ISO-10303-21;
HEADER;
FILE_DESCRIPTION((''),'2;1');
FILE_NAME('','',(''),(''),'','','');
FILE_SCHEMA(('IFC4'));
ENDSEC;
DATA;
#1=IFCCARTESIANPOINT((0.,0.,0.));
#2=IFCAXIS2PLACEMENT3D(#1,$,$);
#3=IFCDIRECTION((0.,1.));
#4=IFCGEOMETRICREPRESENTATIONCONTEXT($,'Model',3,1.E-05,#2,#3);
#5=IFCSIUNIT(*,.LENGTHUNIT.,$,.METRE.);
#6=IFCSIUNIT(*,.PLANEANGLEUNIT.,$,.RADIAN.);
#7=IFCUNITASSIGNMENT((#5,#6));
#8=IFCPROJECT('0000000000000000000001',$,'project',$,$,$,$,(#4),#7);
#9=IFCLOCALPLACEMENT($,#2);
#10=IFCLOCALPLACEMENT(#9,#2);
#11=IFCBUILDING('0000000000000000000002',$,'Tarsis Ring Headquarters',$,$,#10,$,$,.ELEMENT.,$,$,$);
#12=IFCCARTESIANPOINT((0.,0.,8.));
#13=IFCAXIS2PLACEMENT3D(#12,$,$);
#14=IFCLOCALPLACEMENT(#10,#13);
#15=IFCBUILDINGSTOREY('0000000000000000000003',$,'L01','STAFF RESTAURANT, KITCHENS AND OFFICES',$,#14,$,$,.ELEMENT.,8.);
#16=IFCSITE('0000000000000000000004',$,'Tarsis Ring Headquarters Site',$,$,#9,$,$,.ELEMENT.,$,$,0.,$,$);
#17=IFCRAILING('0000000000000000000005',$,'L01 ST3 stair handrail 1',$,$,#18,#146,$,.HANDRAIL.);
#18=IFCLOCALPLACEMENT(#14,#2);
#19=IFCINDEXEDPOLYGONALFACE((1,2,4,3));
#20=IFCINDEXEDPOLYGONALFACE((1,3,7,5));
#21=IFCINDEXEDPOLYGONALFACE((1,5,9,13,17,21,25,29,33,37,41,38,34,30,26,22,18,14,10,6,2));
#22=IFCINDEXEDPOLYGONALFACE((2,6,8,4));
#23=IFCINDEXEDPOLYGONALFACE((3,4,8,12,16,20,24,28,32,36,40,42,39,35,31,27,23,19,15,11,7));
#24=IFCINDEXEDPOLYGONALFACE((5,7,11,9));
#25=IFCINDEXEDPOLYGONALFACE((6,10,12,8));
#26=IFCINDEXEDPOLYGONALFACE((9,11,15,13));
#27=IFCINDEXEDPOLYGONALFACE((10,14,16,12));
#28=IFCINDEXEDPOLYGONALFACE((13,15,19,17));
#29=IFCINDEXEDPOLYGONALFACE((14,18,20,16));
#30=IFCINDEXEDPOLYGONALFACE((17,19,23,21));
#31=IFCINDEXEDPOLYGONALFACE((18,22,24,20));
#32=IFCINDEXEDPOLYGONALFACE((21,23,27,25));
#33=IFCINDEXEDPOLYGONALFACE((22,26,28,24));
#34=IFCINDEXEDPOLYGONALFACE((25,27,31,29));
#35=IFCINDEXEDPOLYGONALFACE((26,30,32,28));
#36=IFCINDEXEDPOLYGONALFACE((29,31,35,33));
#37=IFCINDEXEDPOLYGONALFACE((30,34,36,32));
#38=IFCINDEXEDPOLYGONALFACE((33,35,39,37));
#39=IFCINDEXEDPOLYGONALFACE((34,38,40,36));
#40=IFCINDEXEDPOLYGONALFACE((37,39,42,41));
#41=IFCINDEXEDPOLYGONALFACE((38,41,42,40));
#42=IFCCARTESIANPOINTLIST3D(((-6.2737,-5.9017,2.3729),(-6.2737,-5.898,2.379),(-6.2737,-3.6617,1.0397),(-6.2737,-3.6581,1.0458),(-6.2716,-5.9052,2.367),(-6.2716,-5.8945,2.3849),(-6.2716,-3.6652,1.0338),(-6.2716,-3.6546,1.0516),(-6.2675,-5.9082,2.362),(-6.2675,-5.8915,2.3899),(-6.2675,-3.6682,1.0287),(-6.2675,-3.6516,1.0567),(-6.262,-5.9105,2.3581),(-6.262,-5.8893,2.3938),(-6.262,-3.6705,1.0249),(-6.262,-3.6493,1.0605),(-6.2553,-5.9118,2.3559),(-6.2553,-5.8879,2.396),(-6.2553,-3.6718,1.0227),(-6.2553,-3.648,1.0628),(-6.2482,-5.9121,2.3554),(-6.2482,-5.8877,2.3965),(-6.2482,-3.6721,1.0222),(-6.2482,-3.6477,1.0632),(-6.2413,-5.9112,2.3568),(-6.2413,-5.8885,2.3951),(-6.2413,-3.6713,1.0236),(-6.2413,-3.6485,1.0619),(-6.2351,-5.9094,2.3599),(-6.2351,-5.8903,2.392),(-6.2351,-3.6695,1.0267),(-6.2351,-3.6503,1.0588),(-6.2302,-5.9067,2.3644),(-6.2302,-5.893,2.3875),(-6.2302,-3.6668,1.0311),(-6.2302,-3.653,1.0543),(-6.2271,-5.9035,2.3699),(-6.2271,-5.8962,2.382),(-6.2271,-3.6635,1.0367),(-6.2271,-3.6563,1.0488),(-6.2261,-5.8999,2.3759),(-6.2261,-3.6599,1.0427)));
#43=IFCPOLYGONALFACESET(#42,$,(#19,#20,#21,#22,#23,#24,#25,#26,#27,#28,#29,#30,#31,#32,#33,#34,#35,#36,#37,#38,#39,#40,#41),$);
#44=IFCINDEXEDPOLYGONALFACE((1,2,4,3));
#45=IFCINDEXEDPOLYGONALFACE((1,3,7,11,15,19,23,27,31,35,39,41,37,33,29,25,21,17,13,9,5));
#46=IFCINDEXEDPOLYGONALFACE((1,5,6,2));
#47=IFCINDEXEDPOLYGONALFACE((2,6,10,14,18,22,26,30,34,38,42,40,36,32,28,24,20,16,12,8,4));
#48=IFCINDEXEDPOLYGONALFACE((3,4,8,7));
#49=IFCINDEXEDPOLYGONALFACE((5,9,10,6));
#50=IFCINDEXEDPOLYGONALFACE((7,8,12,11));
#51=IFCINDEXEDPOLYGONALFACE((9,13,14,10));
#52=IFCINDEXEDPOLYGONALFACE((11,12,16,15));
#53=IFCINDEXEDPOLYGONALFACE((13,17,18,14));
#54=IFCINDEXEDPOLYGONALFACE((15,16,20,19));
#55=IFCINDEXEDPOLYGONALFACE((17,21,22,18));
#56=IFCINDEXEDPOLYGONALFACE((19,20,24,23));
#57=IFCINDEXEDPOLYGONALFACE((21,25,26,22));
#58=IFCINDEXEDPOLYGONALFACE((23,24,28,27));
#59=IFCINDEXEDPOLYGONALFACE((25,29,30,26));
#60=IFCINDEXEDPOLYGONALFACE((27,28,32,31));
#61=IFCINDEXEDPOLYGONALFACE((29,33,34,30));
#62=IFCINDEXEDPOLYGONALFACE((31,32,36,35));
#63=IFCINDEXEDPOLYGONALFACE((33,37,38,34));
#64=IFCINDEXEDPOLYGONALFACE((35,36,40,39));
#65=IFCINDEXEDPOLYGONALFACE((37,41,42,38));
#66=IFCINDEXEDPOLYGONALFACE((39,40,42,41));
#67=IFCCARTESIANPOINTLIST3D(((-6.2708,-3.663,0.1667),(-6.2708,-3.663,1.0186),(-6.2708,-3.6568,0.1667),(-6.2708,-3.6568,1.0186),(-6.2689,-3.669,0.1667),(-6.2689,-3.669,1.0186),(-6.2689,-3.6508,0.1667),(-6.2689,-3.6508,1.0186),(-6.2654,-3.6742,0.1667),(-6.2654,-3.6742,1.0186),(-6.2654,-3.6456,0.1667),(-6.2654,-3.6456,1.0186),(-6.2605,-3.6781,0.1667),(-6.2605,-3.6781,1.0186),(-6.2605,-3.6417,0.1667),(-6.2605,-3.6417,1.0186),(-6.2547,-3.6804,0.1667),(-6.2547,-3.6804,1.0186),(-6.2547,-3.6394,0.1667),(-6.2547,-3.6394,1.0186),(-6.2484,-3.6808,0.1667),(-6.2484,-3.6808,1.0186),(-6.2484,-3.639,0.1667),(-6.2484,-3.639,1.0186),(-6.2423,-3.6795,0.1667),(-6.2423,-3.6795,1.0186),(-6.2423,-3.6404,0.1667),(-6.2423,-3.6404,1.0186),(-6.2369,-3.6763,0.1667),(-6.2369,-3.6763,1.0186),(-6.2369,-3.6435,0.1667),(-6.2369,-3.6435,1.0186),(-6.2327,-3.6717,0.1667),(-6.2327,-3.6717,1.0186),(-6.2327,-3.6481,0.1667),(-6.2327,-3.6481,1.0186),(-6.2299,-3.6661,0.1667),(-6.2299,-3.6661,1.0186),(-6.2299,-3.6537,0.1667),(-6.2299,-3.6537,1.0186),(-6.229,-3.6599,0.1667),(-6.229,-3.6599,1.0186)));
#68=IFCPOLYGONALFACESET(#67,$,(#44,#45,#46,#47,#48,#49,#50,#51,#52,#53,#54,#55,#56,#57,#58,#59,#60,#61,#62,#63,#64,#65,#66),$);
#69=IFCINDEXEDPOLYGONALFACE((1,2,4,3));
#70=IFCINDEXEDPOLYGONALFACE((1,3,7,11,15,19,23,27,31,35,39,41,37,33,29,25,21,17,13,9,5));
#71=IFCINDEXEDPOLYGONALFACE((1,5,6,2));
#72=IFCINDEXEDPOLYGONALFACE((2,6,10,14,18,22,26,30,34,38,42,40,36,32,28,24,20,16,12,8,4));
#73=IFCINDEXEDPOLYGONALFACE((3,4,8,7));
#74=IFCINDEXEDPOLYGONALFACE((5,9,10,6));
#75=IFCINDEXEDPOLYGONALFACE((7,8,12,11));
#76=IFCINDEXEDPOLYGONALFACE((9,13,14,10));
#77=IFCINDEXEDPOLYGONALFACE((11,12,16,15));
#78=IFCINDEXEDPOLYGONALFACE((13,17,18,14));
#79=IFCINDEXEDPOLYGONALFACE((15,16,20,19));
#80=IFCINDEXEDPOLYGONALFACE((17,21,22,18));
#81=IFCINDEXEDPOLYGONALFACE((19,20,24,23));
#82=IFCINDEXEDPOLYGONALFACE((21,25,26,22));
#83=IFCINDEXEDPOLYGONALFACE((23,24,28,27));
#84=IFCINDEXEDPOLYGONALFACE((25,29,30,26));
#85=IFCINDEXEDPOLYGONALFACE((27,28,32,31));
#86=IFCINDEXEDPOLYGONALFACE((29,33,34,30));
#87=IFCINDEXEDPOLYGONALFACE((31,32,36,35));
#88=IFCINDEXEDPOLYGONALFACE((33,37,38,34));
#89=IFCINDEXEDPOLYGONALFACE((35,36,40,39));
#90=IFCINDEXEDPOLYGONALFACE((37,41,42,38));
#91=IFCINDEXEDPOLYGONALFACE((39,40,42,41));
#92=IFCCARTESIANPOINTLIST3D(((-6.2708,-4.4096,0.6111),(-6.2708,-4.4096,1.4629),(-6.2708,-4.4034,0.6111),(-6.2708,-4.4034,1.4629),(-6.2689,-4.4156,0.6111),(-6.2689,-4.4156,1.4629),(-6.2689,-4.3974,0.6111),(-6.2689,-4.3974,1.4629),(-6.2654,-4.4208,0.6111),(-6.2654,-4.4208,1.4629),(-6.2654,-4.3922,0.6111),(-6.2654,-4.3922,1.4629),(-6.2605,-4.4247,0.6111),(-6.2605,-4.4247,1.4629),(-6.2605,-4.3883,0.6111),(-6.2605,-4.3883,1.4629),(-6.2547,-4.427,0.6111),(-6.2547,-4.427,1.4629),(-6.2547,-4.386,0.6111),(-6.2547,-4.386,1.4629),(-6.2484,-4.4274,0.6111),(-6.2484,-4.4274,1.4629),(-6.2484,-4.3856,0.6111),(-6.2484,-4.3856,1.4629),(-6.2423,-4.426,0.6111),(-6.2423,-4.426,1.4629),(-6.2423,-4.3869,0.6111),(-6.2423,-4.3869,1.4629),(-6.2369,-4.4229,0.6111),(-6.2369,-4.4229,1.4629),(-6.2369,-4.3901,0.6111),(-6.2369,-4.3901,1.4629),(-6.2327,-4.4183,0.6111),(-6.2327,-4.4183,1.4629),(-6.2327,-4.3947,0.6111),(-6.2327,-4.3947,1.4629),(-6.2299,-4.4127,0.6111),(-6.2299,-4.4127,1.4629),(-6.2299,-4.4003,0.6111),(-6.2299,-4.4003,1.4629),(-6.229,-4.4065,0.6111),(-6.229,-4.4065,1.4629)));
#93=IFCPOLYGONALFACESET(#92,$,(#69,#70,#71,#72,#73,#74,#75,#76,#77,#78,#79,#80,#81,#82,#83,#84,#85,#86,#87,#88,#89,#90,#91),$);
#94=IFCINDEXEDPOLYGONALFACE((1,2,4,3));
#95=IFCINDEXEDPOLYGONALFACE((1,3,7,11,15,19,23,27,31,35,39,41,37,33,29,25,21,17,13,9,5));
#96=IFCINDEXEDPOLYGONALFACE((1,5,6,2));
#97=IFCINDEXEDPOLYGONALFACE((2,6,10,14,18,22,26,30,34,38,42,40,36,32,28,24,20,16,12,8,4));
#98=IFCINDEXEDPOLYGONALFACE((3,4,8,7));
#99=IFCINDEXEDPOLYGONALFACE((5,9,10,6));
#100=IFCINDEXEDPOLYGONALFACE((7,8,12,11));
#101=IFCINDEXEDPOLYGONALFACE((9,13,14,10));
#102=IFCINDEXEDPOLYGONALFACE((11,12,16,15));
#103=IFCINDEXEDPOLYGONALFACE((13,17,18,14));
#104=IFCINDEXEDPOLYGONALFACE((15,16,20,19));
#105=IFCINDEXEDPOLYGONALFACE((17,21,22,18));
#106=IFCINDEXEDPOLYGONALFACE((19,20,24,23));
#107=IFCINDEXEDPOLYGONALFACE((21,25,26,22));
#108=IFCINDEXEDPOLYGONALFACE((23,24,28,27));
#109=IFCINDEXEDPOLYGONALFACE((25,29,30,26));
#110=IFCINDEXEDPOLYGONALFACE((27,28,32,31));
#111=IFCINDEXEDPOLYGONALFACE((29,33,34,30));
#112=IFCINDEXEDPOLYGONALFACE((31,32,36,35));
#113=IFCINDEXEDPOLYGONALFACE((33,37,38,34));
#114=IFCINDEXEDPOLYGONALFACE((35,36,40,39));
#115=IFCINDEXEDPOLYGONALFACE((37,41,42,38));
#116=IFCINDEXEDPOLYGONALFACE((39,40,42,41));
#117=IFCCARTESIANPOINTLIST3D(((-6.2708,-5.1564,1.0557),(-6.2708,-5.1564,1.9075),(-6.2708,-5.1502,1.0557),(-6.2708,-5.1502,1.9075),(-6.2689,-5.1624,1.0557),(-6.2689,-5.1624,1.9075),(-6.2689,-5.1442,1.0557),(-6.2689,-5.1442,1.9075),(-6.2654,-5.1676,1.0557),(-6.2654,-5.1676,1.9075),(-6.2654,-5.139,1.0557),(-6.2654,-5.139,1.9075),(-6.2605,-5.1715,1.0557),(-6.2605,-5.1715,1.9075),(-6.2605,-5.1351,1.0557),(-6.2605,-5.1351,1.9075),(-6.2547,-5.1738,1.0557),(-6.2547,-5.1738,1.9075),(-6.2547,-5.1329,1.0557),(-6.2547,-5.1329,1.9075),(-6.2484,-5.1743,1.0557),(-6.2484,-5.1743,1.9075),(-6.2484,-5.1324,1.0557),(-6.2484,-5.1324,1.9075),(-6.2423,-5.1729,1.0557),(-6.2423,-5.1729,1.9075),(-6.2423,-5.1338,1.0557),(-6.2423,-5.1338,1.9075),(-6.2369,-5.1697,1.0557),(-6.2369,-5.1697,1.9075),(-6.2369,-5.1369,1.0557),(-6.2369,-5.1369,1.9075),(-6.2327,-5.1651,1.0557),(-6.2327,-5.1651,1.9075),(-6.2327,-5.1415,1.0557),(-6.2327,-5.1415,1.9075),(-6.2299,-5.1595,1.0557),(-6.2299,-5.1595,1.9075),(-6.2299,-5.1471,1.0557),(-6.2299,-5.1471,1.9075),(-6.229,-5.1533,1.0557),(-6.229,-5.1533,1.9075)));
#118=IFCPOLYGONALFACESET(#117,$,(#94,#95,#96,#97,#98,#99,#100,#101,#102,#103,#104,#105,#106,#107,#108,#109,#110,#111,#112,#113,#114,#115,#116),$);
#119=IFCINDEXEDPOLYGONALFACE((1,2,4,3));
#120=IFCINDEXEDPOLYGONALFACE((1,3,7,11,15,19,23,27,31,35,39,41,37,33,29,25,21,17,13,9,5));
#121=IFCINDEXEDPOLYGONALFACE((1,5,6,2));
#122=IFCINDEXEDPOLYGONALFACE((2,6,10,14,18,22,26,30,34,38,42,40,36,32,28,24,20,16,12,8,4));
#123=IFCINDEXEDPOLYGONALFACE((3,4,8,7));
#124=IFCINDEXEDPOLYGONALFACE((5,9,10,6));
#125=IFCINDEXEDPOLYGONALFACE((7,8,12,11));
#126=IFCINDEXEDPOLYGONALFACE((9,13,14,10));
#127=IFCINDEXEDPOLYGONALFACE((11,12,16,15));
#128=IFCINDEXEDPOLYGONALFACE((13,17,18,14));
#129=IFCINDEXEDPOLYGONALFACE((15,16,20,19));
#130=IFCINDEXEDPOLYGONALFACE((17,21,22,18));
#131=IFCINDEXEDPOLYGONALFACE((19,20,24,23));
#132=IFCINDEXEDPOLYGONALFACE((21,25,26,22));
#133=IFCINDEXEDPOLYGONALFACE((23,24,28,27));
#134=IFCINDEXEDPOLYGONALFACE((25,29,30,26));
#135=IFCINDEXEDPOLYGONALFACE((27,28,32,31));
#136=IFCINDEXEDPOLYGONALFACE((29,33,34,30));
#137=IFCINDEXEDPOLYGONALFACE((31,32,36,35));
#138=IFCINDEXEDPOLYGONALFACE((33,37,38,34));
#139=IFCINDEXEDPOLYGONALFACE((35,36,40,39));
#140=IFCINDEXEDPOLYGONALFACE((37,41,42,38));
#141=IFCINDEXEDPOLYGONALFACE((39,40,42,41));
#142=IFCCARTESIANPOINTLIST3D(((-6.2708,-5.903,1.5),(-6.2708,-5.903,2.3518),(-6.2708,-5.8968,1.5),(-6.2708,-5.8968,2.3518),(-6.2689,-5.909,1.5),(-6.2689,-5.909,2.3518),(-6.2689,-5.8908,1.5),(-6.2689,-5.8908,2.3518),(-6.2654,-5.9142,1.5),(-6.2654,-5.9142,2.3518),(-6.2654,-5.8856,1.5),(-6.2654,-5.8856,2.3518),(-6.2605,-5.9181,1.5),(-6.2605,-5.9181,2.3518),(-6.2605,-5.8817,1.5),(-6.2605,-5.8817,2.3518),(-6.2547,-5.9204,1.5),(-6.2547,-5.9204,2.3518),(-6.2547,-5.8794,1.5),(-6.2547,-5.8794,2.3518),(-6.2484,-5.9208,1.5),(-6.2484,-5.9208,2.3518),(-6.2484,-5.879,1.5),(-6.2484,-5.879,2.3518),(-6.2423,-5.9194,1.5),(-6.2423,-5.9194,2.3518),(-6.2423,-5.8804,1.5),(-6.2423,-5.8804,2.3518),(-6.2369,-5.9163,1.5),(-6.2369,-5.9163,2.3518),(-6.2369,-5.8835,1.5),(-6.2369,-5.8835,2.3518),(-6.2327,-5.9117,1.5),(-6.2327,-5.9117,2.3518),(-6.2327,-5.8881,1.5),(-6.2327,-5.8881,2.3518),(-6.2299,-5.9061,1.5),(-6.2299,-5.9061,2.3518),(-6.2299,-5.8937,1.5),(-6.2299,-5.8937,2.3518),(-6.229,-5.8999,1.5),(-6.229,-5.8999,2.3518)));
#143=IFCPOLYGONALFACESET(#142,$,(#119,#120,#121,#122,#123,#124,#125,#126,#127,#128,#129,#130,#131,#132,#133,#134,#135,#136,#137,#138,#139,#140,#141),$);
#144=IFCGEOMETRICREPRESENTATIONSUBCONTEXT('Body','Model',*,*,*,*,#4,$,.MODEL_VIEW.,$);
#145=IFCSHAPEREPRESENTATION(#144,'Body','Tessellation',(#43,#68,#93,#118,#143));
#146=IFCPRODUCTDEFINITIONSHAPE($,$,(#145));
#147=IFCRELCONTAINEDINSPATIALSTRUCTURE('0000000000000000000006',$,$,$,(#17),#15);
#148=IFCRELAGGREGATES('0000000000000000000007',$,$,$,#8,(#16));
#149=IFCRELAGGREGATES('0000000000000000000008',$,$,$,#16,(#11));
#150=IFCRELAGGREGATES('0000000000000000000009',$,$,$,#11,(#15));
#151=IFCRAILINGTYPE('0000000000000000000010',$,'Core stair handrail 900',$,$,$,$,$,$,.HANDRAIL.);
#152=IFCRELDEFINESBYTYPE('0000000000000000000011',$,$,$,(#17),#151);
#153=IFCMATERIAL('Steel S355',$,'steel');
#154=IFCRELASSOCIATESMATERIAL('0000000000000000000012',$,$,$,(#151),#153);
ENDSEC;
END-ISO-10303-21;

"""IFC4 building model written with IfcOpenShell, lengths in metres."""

from ifc_helpers import new_model, si_unit, direction, frame, origin, origin_2d, place, context, subcontext, project, spatial, circle, extrude, material, type_object, element, save


model = new_model("IFC4")

# Units and contexts
model_context = context("Model", 3, precision=1e-05, world=origin(), true_north=direction((0.0, 1.0)))
body_context = subcontext(model_context, "Body", "Model", "MODEL_VIEW")
ifc_project = project(units=[si_unit("LENGTHUNIT", "METRE"), si_unit("PLANEANGLEUNIT", "RADIAN")], contexts=[model_context])

# Site, building, storey
site_placement = place(None, origin())
site = spatial("IfcSite", under=ifc_project, at=site_placement, Name="Tarsis Ring Headquarters Site", CompositionType="ELEMENT", RefElevation=0.0)
building_placement = place(site_placement, origin())
building = spatial("IfcBuilding", under=site, at=building_placement, Name="Tarsis Ring Headquarters", CompositionType="ELEMENT")
storey_placement = place(building_placement, frame((0.0, 0.0, 8.0)))
storey = spatial("IfcBuildingStorey", under=building, at=storey_placement, Name="L01", Description="STAFF RESTAURANT, KITCHENS AND OFFICES", CompositionType="ELEMENT", Elevation=8.0)

# Shared definitions
ifc_material_1 = material(Name="Steel S355", Category="steel")

# Railing
railing_type = type_object("IfcRailingType", Name="Core stair handrail 900", PredefinedType="HANDRAIL", material=ifc_material_1)
for number, where, name in (
    (1, (-6.25, -3.6599, 0.1667), "L01 ST3 stair handrail 1"),
):
    element("IfcRailing", number, at=place(storey_placement, frame(where)), inside=storey, type_object=railing_type, Name=name, PredefinedType="HANDRAIL", context=body_context, shape_type="SweptSolid", body=[
        extrude(circle(Radius=0.0239, at=origin_2d()), frame((0.0, 0.0, 0.876), z_axis=(0.0, -0.859306, 0.511462), x_axis=(1.0, 0.0, 0.0)), (0.0, 0.0, 1.0), 2.6067),
        extrude(circle(Radius=0.021, at=origin_2d()), origin(), (0.0, 0.0, 1.0), 0.8518),
        extrude(circle(Radius=0.021, at=origin_2d()), frame((0.0, -0.7466, 0.4443)), (0.0, 0.0, 1.0), 0.8518),
        extrude(circle(Radius=0.021, at=origin_2d()), frame((0.0, -1.4934, 0.8889)), (0.0, 0.0, 1.0), 0.8518),
        extrude(circle(Radius=0.021, at=origin_2d()), frame((0.0, -2.24, 1.3333)), (0.0, 0.0, 1.0), 0.8518),
    ])

save(model, "model.ifc")
